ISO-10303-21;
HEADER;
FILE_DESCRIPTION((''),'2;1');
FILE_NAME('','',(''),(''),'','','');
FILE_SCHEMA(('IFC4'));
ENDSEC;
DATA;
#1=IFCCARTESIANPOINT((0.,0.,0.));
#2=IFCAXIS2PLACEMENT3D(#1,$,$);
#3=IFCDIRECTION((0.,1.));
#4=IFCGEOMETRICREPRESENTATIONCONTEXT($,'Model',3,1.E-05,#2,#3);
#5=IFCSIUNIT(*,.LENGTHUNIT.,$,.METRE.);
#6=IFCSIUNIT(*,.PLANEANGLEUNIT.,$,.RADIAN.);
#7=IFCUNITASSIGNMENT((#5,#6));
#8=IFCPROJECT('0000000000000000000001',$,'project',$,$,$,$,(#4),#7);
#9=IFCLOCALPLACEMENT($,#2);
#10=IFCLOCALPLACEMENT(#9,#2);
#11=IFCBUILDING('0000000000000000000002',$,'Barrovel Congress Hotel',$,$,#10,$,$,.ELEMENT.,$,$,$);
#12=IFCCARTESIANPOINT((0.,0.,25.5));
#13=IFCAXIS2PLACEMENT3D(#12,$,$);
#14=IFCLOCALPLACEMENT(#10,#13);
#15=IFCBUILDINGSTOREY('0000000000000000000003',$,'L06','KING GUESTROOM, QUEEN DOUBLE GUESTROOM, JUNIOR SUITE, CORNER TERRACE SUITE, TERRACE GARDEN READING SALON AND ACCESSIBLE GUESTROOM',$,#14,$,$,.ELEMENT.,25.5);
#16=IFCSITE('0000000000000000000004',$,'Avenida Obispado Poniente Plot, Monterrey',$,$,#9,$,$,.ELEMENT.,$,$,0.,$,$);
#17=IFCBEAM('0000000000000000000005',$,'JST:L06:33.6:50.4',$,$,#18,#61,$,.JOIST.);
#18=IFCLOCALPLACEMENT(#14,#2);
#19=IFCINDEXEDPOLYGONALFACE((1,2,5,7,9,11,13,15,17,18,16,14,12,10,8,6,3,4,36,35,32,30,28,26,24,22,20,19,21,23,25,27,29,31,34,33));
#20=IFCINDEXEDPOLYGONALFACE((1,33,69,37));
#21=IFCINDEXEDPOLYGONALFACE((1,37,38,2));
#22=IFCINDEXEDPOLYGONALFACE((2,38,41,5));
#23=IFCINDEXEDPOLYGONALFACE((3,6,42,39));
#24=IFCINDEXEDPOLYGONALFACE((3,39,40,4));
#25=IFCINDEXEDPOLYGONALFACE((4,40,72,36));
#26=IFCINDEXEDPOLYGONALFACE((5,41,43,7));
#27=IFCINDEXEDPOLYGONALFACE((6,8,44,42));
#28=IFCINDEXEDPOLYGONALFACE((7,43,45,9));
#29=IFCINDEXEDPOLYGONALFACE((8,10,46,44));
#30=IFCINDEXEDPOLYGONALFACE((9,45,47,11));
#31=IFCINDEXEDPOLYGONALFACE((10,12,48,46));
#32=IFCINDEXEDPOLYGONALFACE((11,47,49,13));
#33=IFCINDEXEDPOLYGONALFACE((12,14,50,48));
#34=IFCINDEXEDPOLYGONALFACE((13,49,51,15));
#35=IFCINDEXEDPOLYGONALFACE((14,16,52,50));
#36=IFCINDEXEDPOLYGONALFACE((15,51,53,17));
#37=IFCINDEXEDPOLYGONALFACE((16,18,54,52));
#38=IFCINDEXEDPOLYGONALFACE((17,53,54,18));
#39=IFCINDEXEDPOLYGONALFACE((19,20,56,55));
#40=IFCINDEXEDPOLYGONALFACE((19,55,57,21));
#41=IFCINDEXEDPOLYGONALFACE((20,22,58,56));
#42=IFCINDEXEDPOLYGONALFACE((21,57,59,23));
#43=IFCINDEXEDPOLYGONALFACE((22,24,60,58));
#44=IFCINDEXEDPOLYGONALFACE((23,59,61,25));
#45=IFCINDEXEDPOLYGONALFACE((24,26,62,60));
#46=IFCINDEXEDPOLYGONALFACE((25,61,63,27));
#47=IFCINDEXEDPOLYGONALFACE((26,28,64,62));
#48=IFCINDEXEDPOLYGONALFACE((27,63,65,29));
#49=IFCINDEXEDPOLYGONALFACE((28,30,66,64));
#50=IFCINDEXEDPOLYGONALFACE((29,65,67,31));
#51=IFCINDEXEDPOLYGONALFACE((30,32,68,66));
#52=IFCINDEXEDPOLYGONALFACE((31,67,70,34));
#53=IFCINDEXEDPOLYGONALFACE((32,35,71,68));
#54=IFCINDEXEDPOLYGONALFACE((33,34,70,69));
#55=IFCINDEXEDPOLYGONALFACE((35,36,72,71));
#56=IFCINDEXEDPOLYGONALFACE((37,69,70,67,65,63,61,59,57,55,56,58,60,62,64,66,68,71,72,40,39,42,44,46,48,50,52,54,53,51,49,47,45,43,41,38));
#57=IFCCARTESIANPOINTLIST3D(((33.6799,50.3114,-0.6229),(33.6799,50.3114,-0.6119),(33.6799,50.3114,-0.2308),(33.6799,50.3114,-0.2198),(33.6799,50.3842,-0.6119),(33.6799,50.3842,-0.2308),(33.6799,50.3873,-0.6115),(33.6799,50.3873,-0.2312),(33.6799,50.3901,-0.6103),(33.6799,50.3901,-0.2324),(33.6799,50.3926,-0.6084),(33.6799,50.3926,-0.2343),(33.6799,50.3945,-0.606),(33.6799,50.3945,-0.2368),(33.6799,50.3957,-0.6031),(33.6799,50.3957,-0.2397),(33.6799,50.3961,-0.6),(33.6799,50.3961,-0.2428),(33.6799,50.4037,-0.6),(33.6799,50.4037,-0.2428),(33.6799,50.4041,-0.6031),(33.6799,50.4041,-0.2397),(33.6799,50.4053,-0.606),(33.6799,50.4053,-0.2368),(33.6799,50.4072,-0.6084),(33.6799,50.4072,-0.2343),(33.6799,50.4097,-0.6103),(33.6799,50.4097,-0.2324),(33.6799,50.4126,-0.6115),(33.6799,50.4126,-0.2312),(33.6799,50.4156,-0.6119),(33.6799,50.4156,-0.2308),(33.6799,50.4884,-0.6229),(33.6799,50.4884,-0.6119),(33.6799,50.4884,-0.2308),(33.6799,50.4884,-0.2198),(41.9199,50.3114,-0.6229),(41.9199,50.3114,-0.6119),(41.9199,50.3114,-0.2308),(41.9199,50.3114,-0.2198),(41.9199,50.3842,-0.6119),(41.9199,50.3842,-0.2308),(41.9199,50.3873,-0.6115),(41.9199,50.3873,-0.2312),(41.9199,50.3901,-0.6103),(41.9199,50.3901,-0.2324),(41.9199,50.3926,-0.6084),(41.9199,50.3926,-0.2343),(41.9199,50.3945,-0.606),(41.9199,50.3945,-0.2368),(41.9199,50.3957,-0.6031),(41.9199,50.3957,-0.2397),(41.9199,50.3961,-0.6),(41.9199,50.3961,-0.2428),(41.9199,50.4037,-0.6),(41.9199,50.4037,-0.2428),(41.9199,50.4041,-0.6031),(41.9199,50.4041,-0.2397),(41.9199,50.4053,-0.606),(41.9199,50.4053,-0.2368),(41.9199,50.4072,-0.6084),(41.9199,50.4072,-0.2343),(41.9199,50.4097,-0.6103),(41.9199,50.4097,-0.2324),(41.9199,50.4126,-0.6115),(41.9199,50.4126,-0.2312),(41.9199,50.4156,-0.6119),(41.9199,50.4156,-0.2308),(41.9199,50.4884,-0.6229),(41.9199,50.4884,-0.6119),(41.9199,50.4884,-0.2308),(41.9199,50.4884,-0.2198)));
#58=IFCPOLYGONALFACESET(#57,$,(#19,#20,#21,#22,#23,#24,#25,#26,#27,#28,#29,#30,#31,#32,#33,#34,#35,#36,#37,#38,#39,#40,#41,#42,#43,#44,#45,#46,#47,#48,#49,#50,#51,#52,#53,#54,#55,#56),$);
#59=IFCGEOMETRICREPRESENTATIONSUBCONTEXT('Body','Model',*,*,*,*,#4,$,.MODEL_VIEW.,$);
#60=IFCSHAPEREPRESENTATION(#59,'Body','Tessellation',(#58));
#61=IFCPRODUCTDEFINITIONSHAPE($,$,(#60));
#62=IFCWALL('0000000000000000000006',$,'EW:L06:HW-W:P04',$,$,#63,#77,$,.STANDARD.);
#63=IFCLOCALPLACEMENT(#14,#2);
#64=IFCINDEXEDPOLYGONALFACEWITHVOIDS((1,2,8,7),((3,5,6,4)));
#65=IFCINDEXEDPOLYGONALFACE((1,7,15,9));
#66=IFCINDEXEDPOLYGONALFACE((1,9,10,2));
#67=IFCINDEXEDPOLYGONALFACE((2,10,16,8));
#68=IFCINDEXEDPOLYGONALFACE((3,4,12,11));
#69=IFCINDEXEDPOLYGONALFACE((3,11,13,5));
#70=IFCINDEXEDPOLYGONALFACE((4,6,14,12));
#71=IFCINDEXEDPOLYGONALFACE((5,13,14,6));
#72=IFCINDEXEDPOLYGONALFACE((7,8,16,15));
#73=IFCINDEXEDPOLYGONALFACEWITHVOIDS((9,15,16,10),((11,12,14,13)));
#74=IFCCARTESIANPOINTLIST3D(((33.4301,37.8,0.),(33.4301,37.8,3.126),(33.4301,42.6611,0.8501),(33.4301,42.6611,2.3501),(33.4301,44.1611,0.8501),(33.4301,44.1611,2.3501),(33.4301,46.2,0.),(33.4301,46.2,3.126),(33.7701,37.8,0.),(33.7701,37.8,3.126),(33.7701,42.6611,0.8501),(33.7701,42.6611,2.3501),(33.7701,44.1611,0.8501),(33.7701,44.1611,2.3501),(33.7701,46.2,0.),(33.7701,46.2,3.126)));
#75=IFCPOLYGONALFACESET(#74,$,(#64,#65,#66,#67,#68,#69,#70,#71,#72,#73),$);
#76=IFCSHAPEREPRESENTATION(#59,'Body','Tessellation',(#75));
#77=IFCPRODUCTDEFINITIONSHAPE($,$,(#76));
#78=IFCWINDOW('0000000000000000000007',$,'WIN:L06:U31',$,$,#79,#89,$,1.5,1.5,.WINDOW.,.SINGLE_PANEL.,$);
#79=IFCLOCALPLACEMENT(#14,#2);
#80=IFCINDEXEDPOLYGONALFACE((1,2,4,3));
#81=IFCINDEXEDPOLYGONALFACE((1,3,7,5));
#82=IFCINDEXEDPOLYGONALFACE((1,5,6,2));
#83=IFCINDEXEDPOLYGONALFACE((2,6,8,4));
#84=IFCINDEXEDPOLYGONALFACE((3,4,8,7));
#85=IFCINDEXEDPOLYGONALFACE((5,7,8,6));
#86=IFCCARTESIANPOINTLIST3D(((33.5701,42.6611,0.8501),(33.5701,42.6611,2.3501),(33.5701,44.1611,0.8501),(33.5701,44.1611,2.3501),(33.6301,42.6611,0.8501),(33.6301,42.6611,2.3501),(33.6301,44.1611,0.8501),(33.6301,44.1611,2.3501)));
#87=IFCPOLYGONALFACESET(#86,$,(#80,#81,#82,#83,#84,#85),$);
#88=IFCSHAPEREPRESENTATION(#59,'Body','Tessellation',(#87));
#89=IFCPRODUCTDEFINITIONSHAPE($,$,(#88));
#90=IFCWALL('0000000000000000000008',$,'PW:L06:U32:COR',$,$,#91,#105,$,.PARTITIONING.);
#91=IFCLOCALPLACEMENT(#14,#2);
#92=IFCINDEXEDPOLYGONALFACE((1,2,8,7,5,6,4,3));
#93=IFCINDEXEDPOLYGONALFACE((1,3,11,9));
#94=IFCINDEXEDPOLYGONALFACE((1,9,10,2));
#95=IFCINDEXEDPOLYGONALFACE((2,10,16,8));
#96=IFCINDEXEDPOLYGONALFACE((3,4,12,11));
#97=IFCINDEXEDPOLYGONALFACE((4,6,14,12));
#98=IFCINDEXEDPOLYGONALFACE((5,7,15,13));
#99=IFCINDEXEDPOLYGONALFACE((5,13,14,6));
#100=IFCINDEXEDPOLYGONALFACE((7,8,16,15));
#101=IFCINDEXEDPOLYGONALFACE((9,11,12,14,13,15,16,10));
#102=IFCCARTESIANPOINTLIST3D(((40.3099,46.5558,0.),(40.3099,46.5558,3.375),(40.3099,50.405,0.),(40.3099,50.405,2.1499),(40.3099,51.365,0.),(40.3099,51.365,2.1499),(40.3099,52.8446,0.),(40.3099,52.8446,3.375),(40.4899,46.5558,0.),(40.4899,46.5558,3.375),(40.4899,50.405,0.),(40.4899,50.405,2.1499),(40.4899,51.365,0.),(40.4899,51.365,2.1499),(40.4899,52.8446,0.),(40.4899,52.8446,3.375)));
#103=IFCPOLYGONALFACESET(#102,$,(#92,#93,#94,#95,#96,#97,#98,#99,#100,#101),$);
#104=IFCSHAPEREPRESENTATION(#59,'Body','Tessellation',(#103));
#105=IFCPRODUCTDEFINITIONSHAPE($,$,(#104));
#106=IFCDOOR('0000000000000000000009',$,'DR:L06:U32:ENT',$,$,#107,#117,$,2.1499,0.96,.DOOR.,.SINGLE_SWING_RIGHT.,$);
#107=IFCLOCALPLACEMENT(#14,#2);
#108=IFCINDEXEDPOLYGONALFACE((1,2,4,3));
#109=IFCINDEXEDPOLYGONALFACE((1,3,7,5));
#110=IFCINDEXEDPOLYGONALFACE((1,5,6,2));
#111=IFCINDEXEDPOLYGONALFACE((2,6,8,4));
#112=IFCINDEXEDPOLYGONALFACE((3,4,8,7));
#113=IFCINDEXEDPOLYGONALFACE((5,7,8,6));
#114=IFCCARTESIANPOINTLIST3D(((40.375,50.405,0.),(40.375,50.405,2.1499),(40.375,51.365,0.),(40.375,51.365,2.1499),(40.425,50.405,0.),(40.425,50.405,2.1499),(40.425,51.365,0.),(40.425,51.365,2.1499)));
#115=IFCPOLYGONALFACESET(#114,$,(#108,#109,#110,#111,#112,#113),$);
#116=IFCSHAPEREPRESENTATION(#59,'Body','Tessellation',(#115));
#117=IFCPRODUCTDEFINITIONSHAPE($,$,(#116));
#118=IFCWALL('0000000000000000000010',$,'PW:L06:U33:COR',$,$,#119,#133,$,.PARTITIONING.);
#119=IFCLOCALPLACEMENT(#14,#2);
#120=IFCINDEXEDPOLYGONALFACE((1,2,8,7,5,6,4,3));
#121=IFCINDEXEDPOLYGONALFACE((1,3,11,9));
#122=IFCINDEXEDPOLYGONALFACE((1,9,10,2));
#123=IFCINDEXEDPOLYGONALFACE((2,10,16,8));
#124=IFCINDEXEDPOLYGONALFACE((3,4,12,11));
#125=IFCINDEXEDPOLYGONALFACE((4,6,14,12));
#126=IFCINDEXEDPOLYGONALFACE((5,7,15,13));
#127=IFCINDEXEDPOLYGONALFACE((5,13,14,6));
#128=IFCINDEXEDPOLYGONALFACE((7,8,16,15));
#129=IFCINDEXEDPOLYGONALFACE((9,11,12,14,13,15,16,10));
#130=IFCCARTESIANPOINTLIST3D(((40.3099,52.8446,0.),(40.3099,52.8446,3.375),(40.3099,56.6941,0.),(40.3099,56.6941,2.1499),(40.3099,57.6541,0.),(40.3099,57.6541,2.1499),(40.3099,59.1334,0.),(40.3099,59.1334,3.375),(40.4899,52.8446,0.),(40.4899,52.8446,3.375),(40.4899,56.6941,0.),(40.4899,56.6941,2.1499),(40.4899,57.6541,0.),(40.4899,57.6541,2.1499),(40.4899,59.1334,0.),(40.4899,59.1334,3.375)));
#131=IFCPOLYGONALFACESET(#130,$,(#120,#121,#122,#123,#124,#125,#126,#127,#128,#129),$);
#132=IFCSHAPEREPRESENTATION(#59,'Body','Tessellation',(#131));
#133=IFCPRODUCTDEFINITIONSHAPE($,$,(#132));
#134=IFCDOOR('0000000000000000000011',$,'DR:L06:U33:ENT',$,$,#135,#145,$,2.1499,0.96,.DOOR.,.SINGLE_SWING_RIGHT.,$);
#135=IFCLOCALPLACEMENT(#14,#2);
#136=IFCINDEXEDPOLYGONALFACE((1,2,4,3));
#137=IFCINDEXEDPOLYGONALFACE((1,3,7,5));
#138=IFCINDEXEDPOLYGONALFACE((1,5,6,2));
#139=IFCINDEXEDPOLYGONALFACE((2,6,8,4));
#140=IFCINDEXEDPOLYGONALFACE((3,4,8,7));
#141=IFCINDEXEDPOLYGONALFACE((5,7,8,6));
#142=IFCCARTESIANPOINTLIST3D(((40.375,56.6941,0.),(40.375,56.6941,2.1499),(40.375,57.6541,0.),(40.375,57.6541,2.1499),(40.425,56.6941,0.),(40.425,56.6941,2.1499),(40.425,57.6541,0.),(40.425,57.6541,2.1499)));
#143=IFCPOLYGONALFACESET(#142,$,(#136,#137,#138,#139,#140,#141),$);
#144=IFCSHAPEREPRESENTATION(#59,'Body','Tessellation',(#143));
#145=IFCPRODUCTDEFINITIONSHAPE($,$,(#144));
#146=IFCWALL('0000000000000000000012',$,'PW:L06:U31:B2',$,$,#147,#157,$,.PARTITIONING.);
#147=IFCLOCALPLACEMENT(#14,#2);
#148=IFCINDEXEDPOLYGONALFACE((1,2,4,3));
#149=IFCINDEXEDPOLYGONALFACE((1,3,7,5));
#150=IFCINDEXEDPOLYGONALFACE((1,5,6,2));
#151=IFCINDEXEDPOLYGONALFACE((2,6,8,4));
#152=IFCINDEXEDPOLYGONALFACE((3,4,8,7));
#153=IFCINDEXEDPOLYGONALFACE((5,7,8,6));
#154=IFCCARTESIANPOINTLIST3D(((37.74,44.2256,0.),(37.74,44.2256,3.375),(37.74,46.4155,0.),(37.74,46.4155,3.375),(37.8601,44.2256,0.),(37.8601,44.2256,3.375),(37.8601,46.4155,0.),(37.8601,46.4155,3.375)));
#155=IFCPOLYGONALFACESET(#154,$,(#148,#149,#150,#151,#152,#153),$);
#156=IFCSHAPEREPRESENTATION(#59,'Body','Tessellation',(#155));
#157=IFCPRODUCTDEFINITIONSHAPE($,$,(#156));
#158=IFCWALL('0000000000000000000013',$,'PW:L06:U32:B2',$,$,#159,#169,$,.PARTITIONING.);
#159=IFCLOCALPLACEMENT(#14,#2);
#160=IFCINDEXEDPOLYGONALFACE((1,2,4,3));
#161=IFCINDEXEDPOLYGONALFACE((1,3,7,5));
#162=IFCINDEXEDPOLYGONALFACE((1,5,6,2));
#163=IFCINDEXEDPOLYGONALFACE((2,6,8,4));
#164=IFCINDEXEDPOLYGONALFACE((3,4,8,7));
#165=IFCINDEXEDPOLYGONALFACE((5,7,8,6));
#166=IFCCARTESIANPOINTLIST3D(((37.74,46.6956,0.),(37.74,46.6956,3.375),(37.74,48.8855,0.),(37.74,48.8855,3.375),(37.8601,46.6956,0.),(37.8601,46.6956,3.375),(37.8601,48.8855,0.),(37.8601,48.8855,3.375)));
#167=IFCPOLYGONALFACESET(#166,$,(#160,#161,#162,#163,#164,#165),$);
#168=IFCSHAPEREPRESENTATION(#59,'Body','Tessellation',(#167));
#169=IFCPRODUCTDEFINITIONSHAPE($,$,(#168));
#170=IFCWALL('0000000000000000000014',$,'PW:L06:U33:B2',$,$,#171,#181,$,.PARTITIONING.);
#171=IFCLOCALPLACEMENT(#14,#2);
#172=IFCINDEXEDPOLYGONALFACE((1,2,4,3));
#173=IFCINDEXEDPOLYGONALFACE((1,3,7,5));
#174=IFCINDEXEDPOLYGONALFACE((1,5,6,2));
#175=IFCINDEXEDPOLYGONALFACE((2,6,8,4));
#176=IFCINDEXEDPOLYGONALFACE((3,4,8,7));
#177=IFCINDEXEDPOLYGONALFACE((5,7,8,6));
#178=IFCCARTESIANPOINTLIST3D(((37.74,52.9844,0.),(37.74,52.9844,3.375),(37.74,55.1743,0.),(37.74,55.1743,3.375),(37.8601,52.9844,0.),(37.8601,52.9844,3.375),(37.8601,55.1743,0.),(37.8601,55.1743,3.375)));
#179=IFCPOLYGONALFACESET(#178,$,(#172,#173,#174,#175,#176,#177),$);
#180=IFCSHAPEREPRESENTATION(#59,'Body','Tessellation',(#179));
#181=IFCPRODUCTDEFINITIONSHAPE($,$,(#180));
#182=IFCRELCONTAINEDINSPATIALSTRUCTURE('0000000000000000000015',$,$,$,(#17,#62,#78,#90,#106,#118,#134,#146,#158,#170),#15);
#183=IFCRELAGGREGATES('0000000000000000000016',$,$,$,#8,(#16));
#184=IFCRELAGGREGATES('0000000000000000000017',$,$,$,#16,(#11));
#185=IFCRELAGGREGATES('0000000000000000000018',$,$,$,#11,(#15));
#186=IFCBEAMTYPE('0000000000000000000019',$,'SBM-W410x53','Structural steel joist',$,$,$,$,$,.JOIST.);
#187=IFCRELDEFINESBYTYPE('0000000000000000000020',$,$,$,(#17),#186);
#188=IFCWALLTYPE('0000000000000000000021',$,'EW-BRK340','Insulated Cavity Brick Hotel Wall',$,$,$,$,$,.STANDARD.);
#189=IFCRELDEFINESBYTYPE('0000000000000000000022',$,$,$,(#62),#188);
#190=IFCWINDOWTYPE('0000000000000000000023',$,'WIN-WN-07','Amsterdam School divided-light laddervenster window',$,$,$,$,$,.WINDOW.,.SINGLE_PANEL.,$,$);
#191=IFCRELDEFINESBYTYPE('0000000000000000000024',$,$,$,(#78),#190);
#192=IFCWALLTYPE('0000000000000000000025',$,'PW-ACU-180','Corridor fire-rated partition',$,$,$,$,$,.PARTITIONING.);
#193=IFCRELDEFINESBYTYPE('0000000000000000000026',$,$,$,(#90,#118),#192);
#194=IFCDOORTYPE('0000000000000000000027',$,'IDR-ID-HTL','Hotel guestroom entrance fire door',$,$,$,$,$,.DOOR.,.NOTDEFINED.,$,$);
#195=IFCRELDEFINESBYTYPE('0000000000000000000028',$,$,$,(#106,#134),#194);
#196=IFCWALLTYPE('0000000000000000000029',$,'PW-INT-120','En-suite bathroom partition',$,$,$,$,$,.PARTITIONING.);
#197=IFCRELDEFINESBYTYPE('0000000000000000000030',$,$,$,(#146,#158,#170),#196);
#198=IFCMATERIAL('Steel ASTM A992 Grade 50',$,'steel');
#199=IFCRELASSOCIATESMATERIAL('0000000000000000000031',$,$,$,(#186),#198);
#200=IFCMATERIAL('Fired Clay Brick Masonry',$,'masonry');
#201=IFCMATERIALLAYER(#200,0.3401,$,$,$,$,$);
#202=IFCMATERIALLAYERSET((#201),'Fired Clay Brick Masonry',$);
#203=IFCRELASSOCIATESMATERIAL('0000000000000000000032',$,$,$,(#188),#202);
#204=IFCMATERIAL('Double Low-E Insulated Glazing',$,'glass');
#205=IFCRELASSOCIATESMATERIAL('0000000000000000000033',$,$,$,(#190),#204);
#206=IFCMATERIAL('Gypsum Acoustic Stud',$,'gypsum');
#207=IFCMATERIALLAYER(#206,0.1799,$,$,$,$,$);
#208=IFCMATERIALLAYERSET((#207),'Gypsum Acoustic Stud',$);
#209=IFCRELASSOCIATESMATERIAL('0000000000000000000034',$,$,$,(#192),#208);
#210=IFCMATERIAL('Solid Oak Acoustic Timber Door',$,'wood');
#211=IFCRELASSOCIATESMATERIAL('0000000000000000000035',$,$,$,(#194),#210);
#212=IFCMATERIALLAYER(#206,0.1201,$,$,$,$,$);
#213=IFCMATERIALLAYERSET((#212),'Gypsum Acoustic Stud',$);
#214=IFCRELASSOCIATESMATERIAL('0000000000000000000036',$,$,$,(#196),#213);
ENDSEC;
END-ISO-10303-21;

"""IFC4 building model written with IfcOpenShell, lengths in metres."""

from ifc_helpers import new_model, si_unit, direction, frame, frame_2d, origin, origin_2d, place, context, subcontext, project, spatial, rectangle, i_section, extrude, material, layer, layer_set, material_profile, profile_set, type_object, element, fill, save


model = new_model("IFC4")

# Units and contexts
model_context = context("Model", 3, precision=1e-05, world=origin(), true_north=direction((0.0, 1.0)))
body_context = subcontext(model_context, "Body", "Model", "MODEL_VIEW")
ifc_project = project(units=[si_unit("LENGTHUNIT", "METRE"), si_unit("PLANEANGLEUNIT", "RADIAN")], contexts=[model_context])

# Site, building, storey
site_placement = place(None, origin())
site = spatial("IfcSite", under=ifc_project, at=site_placement, Name="Avenida Obispado Poniente Plot, Monterrey", CompositionType="ELEMENT", RefElevation=0.0)
building_placement = place(site_placement, origin())
building = spatial("IfcBuilding", under=site, at=building_placement, Name="Barrovel Congress Hotel", CompositionType="ELEMENT")
storey_placement = place(building_placement, frame((0.0, 0.0, 25.5)))
storey = spatial("IfcBuildingStorey", under=building, at=storey_placement, Name="L06", Description="KING GUESTROOM, QUEEN DOUBLE GUESTROOM, JUNIOR SUITE, CORNER TERRACE SUITE, TERRACE GARDEN READING SALON AND ACCESSIBLE GUESTROOM", CompositionType="ELEMENT", Elevation=25.5)

# Beam
ifc_material_1 = material(Name="Steel ASTM A992 Grade 50", Category="steel")
ifc_material_profile_1 = material_profile(ifc_material_1, i_section(OverallWidth=0.177, OverallDepth=0.4031, WebThickness=0.0076, FlangeThickness=0.011, FilletRadius=0.012, at=origin_2d()), Name="W410x53")
ifc_profile_set_1 = profile_set([ifc_material_profile_1], Name="Steel ASTM A992 Grade 50")
beam_type_1 = type_object("IfcBeamType", Name="SBM-W410x53", Description="Structural steel joist", PredefinedType="JOIST", material=ifc_profile_set_1)
beam_1_placement = place(storey_placement, frame((33.6799, 50.3999, -0.4214), z_axis=(1.0, 0.0, 0.0), x_axis=(0.0, 1.0, 0.0)))
element("IfcBeam", 1, at=beam_1_placement, inside=storey, type_object=beam_type_1, Name="JST:L06:33.6:50.4", PredefinedType="JOIST", context=body_context, shape_type="SweptSolid", body=[
    extrude(i_section(OverallWidth=0.177, OverallDepth=0.4031, WebThickness=0.0076, FlangeThickness=0.011, FilletRadius=0.012, at=origin_2d()), origin(), (0.0, 0.0, 1.0), 8.24),
])

# Wall, opening, window
ifc_material_2 = material(Name="Fired Clay Brick Masonry", Category="masonry")
ifc_layer_1 = layer(ifc_material_2, 0.3401)
ifc_layer_set_1 = layer_set([ifc_layer_1], Name="Fired Clay Brick Masonry")
wall_type_1 = type_object("IfcWallType", Name="EW-BRK340", Description="Insulated Cavity Brick Hotel Wall", PredefinedType="STANDARD", material=ifc_layer_set_1)
wall_1_placement = place(storey_placement, frame((33.6001, 46.2, 0.0), z_axis=(0.0, 0.0, 1.0), x_axis=(0.0, -1.0, 0.0)))
wall_1 = element("IfcWall", 2, at=wall_1_placement, inside=storey, type_object=wall_type_1, Name="EW:L06:HW-W:P04", PredefinedType="STANDARD", context=body_context, shape_type="SweptSolid", body=[
    extrude(rectangle(XDim=8.3999, YDim=0.3401, at=frame_2d((4.2, 0.0))), origin(), (0.0, 0.0, 1.0), 3.126),
])
opening_1_placement = place(wall_1_placement, frame((2.0388, 0.0, 0.8501)))
opening_1 = element("IfcOpeningElement", 3, at=opening_1_placement, cuts=wall_1, PredefinedType="OPENING", context=body_context, shape_type="SweptSolid", body=[
    extrude(rectangle(XDim=1.5, YDim=1.5, at=frame_2d((0.75, 0.75))), frame((0.0, 0.1802, 0.0), z_axis=(0.0, -1.0, 0.0), x_axis=(1.0, 0.0, 0.0)), (0.0, 0.0, 1.0), 0.3601),
])
ifc_material_3 = material(Name="Double Low-E Insulated Glazing", Category="glass")
window_type = type_object("IfcWindowType", Name="WIN-WN-07", Description="Amsterdam School divided-light laddervenster window", PartitioningType="SINGLE_PANEL", PredefinedType="WINDOW", material=ifc_material_3)
window_placement = place(opening_1_placement, origin())
window = element("IfcWindow", 4, at=window_placement, inside=storey, type_object=window_type, Name="WIN:L06:U31", OverallHeight=1.5, OverallWidth=1.5, PartitioningType="SINGLE_PANEL", PredefinedType="WINDOW", context=body_context, shape_type="SweptSolid", body=[
    extrude(rectangle(XDim=1.5, YDim=1.5, at=frame_2d((0.75, 0.75))), frame((0.0, 0.03, 0.0), z_axis=(0.0, -1.0, 0.0), x_axis=(1.0, 0.0, 0.0)), (0.0, 0.0, 1.0), 0.0601),
])
fill(opening_1, window)

# Walls, openings, doors
ifc_material_4 = material(Name="Gypsum Acoustic Stud", Category="gypsum")
ifc_layer_2 = layer(ifc_material_4, 0.1799)
ifc_layer_set_2 = layer_set([ifc_layer_2], Name="Gypsum Acoustic Stud")
wall_type_2 = type_object("IfcWallType", Name="PW-ACU-180", Description="Corridor fire-rated partition", PredefinedType="PARTITIONING", material=ifc_layer_set_2)
wall_2_placement = place(storey_placement, frame((40.3999, 46.5557, 0.0), z_axis=(0.0, 0.0, 1.0), x_axis=(0.0, 1.0, 0.0)))
wall_2 = element("IfcWall", 5, at=wall_2_placement, inside=storey, type_object=wall_type_2, Name="PW:L06:U32:COR", PredefinedType="PARTITIONING", context=body_context, shape_type="SweptSolid", body=[
    extrude(rectangle(XDim=6.2888, YDim=0.1799, at=frame_2d((3.1445, 0.0))), origin(), (0.0, 0.0, 1.0), 3.375),
])
opening_2_placement = place(wall_2_placement, frame((3.8494, 0.0, 0.0)))
opening_2 = element("IfcOpeningElement", 6, at=opening_2_placement, cuts=wall_2, PredefinedType="OPENING", context=body_context, shape_type="SweptSolid", body=[
    extrude(rectangle(XDim=0.96, YDim=2.1499, at=frame_2d((0.48, 1.075))), frame((0.0, 0.1001, 0.0), z_axis=(0.0, -1.0, 0.0), x_axis=(1.0, 0.0, 0.0)), (0.0, 0.0, 1.0), 0.2),
])
ifc_material_5 = material(Name="Solid Oak Acoustic Timber Door", Category="wood")
door_type_1 = type_object("IfcDoorType", Name="IDR-ID-HTL", Description="Hotel guestroom entrance fire door", OperationType="NOTDEFINED", PredefinedType="DOOR", material=ifc_material_5)
door_1_placement = place(opening_2_placement, origin())
door_1 = element("IfcDoor", 7, at=door_1_placement, inside=storey, type_object=door_type_1, Name="DR:L06:U32:ENT", OperationType="SINGLE_SWING_RIGHT", OverallHeight=2.1499, OverallWidth=0.96, PredefinedType="DOOR", context=body_context, shape_type="SweptSolid", body=[
    extrude(rectangle(XDim=0.96, YDim=2.1499, at=frame_2d((0.48, 1.075))), frame((0.0, 0.0249, 0.0), z_axis=(0.0, -1.0, 0.0), x_axis=(1.0, 0.0, 0.0)), (0.0, 0.0, 1.0), 0.05),
])
fill(opening_2, door_1)
wall_3_placement = place(storey_placement, frame((40.3999, 52.8445, 0.0), z_axis=(0.0, 0.0, 1.0), x_axis=(0.0, 1.0, 0.0)))
wall_3 = element("IfcWall", 8, at=wall_3_placement, inside=storey, type_object=wall_type_2, Name="PW:L06:U33:COR", PredefinedType="PARTITIONING", context=body_context, shape_type="SweptSolid", body=[
    extrude(rectangle(XDim=6.2888, YDim=0.1799, at=frame_2d((3.1445, 0.0))), origin(), (0.0, 0.0, 1.0), 3.375),
])
opening_3_placement = place(wall_3_placement, frame((3.8496, 0.0, 0.0)))
opening_3 = element("IfcOpeningElement", 9, at=opening_3_placement, cuts=wall_3, PredefinedType="OPENING", context=body_context, shape_type="SweptSolid", body=[
    extrude(rectangle(XDim=0.96, YDim=2.1499, at=frame_2d((0.48, 1.075))), frame((0.0, 0.1001, 0.0), z_axis=(0.0, -1.0, 0.0), x_axis=(1.0, 0.0, 0.0)), (0.0, 0.0, 1.0), 0.2),
])
door_2_placement = place(opening_3_placement, origin())
door_2 = element("IfcDoor", 10, at=door_2_placement, inside=storey, type_object=door_type_1, Name="DR:L06:U33:ENT", OperationType="SINGLE_SWING_RIGHT", OverallHeight=2.1499, OverallWidth=0.96, PredefinedType="DOOR", context=body_context, shape_type="SweptSolid", body=[
    extrude(rectangle(XDim=0.96, YDim=2.1499, at=frame_2d((0.48, 1.075))), frame((0.0, 0.0249, 0.0), z_axis=(0.0, -1.0, 0.0), x_axis=(1.0, 0.0, 0.0)), (0.0, 0.0, 1.0), 0.05),
])
fill(opening_3, door_2)

# Walls
ifc_layer_3 = layer(ifc_material_4, 0.1201)
ifc_layer_set_3 = layer_set([ifc_layer_3], Name="Gypsum Acoustic Stud")
wall_type_3 = type_object("IfcWallType", Name="PW-INT-120", Description="En-suite bathroom partition", PredefinedType="PARTITIONING", material=ifc_layer_set_3)
for number, where, z_axis, x_axis, name in (
    (11, (37.8, 44.2256, 0.0), (0.0, 0.0, 1.0), (0.0, 1.0, 0.0), "PW:L06:U31:B2"),
    (12, (37.8, 46.6956, 0.0), (0.0, 0.0, 1.0), (0.0, 1.0, 0.0), "PW:L06:U32:B2"),
    (13, (37.8, 52.9844, 0.0), (0.0, 0.0, 1.0), (0.0, 1.0, 0.0), "PW:L06:U33:B2"),
):
    element("IfcWall", number, at=place(storey_placement, frame(where, z_axis=z_axis, x_axis=x_axis)), inside=storey, type_object=wall_type_3, Name=name, PredefinedType="PARTITIONING", context=body_context, shape_type="SweptSolid", body=[
        extrude(rectangle(XDim=2.1899, YDim=0.1201, at=frame_2d((1.095, 0.0))), origin(), (0.0, 0.0, 1.0), 3.375),
    ])

save(model, "model.ifc")
